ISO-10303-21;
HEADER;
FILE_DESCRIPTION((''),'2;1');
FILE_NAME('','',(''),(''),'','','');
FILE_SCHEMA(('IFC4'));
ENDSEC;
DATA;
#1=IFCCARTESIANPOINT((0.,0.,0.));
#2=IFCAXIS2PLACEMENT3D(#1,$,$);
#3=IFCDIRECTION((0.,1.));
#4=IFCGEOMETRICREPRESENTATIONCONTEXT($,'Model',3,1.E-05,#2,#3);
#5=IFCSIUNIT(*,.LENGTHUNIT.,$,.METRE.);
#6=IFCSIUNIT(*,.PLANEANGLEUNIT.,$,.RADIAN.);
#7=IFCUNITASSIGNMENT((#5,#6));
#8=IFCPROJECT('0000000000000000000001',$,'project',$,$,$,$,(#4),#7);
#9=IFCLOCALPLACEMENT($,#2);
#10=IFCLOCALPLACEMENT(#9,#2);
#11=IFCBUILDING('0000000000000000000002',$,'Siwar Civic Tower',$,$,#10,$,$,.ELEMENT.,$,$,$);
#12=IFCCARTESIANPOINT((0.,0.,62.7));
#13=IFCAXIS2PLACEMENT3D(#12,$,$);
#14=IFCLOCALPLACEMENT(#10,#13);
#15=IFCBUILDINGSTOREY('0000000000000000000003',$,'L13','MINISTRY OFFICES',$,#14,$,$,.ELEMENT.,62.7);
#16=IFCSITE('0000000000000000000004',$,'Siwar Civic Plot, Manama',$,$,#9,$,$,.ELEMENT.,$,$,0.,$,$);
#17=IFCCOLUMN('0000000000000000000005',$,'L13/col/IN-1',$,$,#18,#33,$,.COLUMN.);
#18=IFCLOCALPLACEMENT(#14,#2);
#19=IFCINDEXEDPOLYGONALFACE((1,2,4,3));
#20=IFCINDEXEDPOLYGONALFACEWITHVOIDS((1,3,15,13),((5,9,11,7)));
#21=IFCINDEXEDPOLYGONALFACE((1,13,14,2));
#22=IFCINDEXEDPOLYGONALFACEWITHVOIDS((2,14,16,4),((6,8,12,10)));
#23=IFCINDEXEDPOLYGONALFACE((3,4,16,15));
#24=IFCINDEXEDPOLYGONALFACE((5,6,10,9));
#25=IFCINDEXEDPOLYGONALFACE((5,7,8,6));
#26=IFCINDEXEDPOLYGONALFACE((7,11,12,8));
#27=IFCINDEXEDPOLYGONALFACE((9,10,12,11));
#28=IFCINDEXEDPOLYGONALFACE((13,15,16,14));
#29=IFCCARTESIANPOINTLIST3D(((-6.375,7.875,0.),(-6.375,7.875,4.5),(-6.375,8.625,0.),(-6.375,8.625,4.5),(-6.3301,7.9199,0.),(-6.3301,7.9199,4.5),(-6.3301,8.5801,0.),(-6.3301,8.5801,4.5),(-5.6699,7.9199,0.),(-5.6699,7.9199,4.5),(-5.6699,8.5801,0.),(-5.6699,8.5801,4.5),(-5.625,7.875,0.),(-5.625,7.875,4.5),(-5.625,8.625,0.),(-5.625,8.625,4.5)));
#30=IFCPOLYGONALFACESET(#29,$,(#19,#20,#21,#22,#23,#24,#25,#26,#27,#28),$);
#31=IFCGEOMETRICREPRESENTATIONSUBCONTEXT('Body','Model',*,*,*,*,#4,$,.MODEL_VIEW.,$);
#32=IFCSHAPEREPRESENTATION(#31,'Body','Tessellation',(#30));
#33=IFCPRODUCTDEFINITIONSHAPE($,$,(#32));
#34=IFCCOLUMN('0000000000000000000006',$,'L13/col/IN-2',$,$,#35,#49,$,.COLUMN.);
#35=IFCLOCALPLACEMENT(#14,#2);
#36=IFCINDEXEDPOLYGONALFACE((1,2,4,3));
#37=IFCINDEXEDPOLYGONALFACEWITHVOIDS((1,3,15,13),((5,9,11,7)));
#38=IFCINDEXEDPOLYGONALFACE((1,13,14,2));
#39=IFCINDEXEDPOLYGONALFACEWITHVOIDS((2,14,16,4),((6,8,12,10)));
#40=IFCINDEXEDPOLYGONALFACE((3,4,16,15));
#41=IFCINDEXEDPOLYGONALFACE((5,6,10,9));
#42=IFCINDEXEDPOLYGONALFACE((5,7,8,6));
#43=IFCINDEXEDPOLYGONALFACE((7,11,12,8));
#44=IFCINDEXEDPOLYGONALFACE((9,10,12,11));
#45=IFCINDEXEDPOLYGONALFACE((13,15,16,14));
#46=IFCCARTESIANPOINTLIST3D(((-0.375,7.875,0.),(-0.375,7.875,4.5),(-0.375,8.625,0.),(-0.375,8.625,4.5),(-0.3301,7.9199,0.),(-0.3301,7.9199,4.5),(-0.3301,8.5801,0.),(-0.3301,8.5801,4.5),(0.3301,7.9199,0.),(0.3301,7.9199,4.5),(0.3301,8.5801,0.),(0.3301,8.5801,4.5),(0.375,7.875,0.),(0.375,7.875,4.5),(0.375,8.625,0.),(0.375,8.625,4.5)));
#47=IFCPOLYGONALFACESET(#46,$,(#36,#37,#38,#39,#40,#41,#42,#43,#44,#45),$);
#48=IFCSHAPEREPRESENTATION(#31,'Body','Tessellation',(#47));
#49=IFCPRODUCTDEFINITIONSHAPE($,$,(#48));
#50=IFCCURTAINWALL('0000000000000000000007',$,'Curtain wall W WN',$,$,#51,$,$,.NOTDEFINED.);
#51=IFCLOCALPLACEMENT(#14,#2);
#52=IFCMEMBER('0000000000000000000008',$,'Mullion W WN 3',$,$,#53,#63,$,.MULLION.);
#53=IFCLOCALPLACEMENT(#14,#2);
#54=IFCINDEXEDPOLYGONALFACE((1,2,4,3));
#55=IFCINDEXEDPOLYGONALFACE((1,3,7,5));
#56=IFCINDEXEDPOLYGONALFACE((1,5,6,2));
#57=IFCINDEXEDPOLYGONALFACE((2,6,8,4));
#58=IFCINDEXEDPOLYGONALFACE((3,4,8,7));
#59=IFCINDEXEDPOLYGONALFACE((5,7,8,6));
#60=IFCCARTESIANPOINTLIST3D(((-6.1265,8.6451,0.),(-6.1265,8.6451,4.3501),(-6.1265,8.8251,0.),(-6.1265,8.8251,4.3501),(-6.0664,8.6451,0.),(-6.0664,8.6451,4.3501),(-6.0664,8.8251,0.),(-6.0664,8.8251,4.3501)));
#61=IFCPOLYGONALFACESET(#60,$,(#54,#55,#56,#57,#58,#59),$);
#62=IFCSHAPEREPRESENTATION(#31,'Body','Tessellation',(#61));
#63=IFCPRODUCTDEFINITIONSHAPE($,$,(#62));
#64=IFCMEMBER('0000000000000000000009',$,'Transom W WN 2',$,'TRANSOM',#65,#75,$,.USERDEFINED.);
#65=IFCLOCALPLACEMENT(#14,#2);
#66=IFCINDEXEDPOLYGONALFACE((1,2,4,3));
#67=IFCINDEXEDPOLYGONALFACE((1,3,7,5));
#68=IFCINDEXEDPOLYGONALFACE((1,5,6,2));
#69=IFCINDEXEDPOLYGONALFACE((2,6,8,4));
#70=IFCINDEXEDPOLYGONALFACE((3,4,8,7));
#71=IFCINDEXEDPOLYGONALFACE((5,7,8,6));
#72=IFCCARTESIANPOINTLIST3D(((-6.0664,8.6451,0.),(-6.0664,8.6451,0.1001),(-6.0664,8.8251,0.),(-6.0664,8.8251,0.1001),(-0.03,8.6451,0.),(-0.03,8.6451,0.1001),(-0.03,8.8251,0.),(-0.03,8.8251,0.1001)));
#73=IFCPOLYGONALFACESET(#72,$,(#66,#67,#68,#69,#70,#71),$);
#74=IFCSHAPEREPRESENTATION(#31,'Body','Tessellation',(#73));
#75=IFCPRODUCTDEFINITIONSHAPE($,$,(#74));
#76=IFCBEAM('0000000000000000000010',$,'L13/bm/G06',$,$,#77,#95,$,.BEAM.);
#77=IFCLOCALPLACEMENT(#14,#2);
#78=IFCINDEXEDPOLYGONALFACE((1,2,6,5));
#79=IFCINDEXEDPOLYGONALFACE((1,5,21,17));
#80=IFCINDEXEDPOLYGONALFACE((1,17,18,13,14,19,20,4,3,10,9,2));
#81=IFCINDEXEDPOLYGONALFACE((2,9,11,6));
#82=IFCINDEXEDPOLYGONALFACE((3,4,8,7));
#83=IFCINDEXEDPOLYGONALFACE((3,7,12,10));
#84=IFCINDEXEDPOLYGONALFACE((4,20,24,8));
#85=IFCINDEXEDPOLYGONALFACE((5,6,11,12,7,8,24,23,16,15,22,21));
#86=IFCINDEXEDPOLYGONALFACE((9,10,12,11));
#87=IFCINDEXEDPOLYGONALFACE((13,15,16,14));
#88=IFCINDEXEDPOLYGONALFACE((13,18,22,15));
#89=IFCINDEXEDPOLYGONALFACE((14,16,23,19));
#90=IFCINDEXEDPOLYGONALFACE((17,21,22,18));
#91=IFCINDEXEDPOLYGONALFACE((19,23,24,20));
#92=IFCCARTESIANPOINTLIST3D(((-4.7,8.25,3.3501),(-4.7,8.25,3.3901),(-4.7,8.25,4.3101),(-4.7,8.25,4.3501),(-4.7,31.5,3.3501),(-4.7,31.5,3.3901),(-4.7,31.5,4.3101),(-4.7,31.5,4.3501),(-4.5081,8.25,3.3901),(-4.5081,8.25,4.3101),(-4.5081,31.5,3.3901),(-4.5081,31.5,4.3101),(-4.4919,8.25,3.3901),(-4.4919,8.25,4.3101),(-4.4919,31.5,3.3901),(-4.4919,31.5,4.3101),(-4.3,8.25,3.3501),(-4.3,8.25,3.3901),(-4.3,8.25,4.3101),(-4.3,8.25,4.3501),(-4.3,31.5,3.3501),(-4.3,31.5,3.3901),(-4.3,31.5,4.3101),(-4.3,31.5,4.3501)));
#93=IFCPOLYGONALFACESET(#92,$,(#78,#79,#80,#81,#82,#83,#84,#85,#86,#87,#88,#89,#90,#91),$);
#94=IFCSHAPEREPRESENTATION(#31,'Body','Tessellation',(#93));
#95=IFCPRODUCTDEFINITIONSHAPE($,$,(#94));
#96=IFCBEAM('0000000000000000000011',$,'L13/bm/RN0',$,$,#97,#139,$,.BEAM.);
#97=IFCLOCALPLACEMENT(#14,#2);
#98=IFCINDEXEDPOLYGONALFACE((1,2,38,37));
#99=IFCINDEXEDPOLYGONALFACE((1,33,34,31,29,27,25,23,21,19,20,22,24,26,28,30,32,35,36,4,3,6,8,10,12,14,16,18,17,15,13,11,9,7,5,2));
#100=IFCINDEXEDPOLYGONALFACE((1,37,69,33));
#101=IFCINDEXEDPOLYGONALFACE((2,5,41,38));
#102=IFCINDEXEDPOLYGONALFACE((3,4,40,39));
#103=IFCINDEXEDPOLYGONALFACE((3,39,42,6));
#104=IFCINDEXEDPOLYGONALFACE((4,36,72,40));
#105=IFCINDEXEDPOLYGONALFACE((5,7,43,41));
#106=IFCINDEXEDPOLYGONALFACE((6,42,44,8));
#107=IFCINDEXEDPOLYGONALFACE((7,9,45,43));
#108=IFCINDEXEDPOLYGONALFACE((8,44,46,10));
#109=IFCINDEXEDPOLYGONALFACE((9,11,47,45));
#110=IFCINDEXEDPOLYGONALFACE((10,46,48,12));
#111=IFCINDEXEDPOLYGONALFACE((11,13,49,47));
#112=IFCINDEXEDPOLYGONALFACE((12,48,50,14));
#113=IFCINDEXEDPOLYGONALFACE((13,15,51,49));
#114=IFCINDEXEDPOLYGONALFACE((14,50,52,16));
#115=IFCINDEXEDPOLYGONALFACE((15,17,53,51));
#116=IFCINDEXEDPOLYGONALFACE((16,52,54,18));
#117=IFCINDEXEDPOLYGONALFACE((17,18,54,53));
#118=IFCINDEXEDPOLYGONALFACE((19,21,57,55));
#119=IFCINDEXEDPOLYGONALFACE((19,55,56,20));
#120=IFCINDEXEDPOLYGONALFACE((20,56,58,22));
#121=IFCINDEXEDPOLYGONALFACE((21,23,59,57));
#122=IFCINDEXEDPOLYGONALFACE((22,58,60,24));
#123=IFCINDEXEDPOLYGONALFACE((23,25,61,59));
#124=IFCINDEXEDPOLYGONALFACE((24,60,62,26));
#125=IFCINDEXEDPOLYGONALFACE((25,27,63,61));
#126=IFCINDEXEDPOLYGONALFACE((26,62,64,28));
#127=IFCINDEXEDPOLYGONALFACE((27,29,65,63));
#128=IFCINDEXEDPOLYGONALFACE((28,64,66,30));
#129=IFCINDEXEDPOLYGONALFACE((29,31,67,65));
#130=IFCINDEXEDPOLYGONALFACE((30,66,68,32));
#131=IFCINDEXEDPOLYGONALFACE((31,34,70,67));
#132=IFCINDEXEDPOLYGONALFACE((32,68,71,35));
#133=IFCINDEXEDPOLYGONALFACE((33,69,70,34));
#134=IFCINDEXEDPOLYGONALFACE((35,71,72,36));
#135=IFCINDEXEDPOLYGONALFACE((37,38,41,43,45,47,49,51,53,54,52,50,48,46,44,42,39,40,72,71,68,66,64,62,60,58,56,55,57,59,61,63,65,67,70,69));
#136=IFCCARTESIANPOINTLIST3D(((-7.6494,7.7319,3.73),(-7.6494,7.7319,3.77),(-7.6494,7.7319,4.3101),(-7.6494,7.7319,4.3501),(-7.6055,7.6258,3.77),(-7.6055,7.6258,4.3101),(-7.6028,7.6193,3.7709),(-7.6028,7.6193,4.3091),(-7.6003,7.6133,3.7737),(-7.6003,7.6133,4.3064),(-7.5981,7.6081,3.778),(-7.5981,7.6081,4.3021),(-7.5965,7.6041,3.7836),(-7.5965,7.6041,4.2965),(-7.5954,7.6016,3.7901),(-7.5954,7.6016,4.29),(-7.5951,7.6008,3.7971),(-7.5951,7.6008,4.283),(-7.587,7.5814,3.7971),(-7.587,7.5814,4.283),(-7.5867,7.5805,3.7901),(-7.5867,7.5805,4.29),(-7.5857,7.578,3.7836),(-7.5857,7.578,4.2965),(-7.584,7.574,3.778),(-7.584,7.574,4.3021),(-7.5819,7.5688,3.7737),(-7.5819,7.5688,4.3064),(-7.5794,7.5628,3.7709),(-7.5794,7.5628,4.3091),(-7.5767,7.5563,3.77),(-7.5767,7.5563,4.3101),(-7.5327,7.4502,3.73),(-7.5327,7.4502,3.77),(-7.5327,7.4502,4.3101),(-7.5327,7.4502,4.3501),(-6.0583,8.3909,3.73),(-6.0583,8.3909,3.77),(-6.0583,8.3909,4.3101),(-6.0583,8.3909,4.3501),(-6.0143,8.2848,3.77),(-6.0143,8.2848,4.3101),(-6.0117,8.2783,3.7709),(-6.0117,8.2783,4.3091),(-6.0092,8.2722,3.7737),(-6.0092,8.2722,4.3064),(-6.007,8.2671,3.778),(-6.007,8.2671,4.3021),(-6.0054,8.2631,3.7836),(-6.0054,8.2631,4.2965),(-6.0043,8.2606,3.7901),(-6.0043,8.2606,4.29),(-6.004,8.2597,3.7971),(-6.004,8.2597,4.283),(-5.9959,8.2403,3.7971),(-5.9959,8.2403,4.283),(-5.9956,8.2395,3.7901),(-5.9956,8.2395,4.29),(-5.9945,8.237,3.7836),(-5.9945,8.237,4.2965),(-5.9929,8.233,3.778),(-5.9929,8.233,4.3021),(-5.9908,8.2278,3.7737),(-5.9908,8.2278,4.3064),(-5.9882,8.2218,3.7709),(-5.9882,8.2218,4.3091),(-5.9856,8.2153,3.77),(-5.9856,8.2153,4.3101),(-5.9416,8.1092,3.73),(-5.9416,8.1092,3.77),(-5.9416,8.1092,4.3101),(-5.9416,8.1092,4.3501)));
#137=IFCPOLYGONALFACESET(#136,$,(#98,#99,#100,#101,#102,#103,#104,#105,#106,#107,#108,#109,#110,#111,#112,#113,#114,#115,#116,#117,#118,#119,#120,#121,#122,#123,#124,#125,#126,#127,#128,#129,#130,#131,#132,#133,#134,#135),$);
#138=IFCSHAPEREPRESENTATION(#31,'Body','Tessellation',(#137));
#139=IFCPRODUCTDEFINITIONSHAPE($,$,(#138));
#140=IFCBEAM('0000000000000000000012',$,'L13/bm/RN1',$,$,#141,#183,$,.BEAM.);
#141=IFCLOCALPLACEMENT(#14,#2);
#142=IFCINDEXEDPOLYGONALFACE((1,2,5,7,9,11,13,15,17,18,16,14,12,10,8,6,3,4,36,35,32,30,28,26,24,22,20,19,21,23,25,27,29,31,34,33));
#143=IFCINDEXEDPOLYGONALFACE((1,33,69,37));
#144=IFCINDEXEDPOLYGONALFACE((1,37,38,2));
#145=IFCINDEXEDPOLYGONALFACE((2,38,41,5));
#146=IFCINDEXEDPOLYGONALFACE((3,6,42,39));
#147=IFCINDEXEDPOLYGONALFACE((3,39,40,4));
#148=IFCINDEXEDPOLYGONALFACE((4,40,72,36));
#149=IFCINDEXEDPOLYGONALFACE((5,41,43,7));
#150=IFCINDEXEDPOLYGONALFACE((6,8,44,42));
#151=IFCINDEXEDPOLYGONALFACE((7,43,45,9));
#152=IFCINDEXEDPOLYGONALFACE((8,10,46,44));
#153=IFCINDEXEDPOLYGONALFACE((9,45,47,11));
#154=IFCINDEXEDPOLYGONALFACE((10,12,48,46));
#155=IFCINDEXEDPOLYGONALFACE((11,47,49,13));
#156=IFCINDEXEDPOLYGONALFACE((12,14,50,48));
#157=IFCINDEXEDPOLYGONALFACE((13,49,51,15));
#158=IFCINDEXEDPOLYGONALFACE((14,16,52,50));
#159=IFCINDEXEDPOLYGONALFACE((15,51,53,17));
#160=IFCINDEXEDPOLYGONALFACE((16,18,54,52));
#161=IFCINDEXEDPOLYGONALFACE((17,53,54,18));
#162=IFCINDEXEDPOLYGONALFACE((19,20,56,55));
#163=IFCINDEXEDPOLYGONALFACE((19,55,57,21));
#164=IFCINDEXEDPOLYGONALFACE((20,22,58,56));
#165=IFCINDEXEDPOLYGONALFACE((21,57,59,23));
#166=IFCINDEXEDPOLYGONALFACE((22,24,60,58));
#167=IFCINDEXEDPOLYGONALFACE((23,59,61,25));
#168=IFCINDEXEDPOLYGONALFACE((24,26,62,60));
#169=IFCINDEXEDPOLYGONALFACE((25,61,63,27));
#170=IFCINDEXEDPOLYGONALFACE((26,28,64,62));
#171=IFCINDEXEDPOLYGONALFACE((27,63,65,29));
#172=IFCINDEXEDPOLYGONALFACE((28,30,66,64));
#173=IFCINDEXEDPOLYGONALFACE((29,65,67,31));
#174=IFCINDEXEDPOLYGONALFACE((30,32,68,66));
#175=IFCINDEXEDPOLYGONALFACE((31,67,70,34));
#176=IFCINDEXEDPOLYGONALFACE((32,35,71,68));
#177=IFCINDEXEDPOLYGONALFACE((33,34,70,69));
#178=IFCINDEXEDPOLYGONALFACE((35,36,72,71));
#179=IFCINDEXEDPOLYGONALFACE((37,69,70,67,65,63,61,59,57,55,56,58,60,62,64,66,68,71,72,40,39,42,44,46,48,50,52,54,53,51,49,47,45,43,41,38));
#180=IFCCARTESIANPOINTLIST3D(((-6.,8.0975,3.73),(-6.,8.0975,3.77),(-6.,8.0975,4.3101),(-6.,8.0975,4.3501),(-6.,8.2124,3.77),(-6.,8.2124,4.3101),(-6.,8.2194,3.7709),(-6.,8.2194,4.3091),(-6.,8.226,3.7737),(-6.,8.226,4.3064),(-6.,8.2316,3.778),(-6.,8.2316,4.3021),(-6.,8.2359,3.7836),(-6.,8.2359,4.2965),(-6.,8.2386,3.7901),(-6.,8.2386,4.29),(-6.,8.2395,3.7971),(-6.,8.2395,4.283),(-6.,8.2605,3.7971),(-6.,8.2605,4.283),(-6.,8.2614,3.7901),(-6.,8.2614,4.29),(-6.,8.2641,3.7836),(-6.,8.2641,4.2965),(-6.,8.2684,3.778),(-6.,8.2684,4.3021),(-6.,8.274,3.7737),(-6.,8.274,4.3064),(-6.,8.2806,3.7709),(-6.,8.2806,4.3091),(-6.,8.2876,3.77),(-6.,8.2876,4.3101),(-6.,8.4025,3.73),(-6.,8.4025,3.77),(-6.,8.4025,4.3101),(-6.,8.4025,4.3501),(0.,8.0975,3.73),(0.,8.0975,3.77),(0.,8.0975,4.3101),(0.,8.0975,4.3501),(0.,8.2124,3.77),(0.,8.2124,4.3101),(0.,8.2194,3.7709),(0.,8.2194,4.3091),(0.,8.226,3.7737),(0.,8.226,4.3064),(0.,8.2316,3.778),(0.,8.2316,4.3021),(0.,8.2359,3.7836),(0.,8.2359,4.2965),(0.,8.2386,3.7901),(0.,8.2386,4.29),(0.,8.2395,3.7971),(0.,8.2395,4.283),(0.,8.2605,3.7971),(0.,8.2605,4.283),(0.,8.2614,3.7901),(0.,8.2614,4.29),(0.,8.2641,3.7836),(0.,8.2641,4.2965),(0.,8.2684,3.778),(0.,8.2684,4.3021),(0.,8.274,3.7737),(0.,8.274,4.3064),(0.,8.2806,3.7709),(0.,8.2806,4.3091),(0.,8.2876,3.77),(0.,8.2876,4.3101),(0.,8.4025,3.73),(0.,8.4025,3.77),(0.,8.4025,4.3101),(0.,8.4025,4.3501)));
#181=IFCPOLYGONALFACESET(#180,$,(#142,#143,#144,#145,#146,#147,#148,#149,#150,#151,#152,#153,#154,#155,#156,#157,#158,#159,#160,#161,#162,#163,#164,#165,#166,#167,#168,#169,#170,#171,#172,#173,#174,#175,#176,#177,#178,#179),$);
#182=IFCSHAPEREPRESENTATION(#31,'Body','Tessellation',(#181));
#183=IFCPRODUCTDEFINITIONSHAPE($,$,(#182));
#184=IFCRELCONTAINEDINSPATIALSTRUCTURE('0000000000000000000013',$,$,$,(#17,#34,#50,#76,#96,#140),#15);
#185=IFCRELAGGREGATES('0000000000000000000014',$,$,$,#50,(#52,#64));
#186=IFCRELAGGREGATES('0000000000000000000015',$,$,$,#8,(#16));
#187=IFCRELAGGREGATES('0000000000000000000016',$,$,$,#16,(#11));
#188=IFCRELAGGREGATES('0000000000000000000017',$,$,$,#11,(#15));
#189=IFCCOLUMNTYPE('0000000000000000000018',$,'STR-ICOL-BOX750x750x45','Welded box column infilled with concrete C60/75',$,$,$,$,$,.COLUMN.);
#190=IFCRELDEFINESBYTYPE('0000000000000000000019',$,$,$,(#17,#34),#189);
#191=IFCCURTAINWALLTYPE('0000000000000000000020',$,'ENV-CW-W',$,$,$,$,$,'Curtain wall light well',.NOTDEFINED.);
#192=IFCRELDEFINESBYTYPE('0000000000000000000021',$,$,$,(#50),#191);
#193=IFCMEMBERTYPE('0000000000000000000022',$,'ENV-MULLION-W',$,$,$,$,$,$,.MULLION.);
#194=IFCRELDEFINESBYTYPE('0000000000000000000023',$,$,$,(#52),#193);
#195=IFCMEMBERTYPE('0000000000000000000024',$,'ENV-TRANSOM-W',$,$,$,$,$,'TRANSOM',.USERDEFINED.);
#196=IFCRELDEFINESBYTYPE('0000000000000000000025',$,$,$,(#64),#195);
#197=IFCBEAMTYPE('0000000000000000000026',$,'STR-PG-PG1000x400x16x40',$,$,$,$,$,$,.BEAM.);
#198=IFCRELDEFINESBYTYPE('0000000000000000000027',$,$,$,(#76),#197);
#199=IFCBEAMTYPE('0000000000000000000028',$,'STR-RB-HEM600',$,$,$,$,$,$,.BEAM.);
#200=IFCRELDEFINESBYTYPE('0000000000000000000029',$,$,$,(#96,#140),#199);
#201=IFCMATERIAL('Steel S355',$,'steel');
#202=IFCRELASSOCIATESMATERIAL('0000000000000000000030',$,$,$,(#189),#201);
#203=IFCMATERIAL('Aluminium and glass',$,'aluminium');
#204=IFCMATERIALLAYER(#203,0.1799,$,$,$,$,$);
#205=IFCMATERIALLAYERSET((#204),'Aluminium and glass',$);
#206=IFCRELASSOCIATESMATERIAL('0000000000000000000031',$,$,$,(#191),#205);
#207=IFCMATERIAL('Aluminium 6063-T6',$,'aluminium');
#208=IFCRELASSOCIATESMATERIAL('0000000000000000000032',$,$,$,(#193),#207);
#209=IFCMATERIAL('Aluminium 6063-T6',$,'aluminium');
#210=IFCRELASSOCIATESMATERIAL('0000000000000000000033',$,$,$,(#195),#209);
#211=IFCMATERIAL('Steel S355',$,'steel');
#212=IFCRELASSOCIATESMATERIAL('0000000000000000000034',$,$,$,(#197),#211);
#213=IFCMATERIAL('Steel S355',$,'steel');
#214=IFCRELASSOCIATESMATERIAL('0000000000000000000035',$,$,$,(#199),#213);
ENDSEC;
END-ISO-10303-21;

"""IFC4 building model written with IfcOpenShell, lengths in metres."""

from ifc_helpers import new_model, si_unit, direction, frame, origin, origin_2d, place, context, subcontext, project, spatial, rectangle, hollow_rectangle, i_section, extrude, material, layer, layer_set, material_profile, profile_set, type_object, element, aggregate, save


model = new_model("IFC4")

# Units and contexts
model_context = context("Model", 3, precision=1e-05, world=origin(), true_north=direction((0.0, 1.0)))
body_context = subcontext(model_context, "Body", "Model", "MODEL_VIEW")
ifc_project = project(units=[si_unit("LENGTHUNIT", "METRE"), si_unit("PLANEANGLEUNIT", "RADIAN")], contexts=[model_context])

# Site, building, storey
site_placement = place(None, origin())
site = spatial("IfcSite", under=ifc_project, at=site_placement, Name="Siwar Civic Plot, Manama", CompositionType="ELEMENT", RefElevation=0.0)
building_placement = place(site_placement, origin())
building = spatial("IfcBuilding", under=site, at=building_placement, Name="Siwar Civic Tower", CompositionType="ELEMENT")
storey_placement = place(building_placement, frame((0.0, 0.0, 62.7)))
storey = spatial("IfcBuildingStorey", under=building, at=storey_placement, Name="L13", Description="MINISTRY OFFICES", CompositionType="ELEMENT", Elevation=62.7)

# Columns
ifc_material_1 = material(Name="Steel S355", Category="steel")
ifc_material_profile_1 = material_profile(ifc_material_1, hollow_rectangle(XDim=0.75, YDim=0.75, WallThickness=0.0449, at=origin_2d()), Name="BOX750x750x45")
ifc_profile_set_1 = profile_set([ifc_material_profile_1], Name="Steel S355")
column_type = type_object("IfcColumnType", Name="STR-ICOL-BOX750x750x45", Description="Welded box column infilled with concrete C60/75", PredefinedType="COLUMN", material=ifc_profile_set_1)
for number, where, z_axis, x_axis, name in (
    (1, (-6.0, 8.25, 0.0), (0.0, 0.0, 1.0), (1.0, 0.0, 0.0), "L13/col/IN-1"),
    (2, (0.0, 8.25, 0.0), (0.0, 0.0, 1.0), (1.0, 0.0, 0.0), "L13/col/IN-2"),
):
    element("IfcColumn", number, at=place(storey_placement, frame(where, z_axis=z_axis, x_axis=x_axis)), inside=storey, type_object=column_type, Name=name, PredefinedType="COLUMN", context=body_context, shape_type="SweptSolid", body=[
        extrude(hollow_rectangle(XDim=0.75, YDim=0.75, WallThickness=0.0449, at=origin_2d()), origin(), (0.0, 0.0, 1.0), 4.5),
    ])

# Curtain wall, members
ifc_material_2 = material(Name="Aluminium and glass", Category="aluminium")
ifc_layer_1 = layer(ifc_material_2, 0.1799)
ifc_layer_set_1 = layer_set([ifc_layer_1], Name="Aluminium and glass")
curtain_wall_type = type_object("IfcCurtainWallType", Name="ENV-CW-W", ElementType="Curtain wall light well", PredefinedType="NOTDEFINED", material=ifc_layer_set_1)
curtain_wall_placement = place(storey_placement, origin())
curtain_wall = element("IfcCurtainWall", 3, at=curtain_wall_placement, inside=storey, type_object=curtain_wall_type, Name="Curtain wall W WN", PredefinedType="NOTDEFINED")
ifc_material_3 = material(Name="Aluminium 6063-T6", Category="aluminium")
ifc_material_profile_2 = material_profile(ifc_material_3, rectangle(XDim=0.1799, YDim=0.0601, at=origin_2d()), Name="AL 180x60")
ifc_profile_set_2 = profile_set([ifc_material_profile_2], Name="Aluminium 6063-T6")
member_type_1 = type_object("IfcMemberType", Name="ENV-MULLION-W", PredefinedType="MULLION", material=ifc_profile_set_2)
member_1_placement = place(storey_placement, frame((-6.0964, 8.7351, 0.0), z_axis=(0.0, 0.0, 1.0), x_axis=(0.0, -1.0, 0.0)))
member_1 = element("IfcMember", 4, at=member_1_placement, type_object=member_type_1, Name="Mullion W WN 3", PredefinedType="MULLION", context=body_context, shape_type="SweptSolid", body=[
    extrude(rectangle(XDim=0.1799, YDim=0.0601, at=origin_2d()), origin(), (0.0, 0.0, 1.0), 4.3501),
])
ifc_material_4 = material(Name="Aluminium 6063-T6", Category="aluminium")
ifc_material_profile_3 = material_profile(ifc_material_4, rectangle(XDim=0.1799, YDim=0.1001, at=origin_2d()), Name="AL 180x100")
ifc_profile_set_3 = profile_set([ifc_material_profile_3], Name="Aluminium 6063-T6")
member_type_2 = type_object("IfcMemberType", Name="ENV-TRANSOM-W", ElementType="TRANSOM", PredefinedType="USERDEFINED", material=ifc_profile_set_3)
member_2_placement = place(storey_placement, frame((-0.03, 8.7351, 0.05), z_axis=(-1.0, 0.0, 0.0), x_axis=(0.0, -1.0, 0.0)))
member_2 = element("IfcMember", 5, at=member_2_placement, type_object=member_type_2, Name="Transom W WN 2", ObjectType="TRANSOM", PredefinedType="USERDEFINED", context=body_context, shape_type="SweptSolid", body=[
    extrude(rectangle(XDim=0.1799, YDim=0.1001, at=origin_2d()), origin(), (0.0, 0.0, 1.0), 6.0364),
])

# Beams
ifc_material_5 = material(Name="Steel S355", Category="steel")
ifc_material_profile_4 = material_profile(ifc_material_5, i_section(OverallWidth=0.3999, OverallDepth=1.0, WebThickness=0.0161, FlangeThickness=0.04, at=origin_2d()), Name="PG1000x400x16x40")
ifc_profile_set_4 = profile_set([ifc_material_profile_4], Name="Steel S355")
beam_type_1 = type_object("IfcBeamType", Name="STR-PG-PG1000x400x16x40", PredefinedType="BEAM", material=ifc_profile_set_4)
beam_1_placement = place(storey_placement, frame((-4.5, 8.25, 3.8501), z_axis=(0.0, 1.0, 0.0), x_axis=(-1.0, 0.0, 0.0)))
element("IfcBeam", 6, at=beam_1_placement, inside=storey, type_object=beam_type_1, Name="L13/bm/G06", PredefinedType="BEAM", context=body_context, shape_type="SweptSolid", body=[
    extrude(i_section(OverallWidth=0.3999, OverallDepth=1.0, WebThickness=0.0161, FlangeThickness=0.04, at=origin_2d()), origin(), (0.0, 0.0, 1.0), 23.25),
])
ifc_material_6 = material(Name="Steel S355", Category="steel")
ifc_material_profile_5 = material_profile(ifc_material_6, i_section(OverallWidth=0.3049, OverallDepth=0.6201, WebThickness=0.021, FlangeThickness=0.04, FilletRadius=0.0271, at=origin_2d()), Name="HEM600")
ifc_profile_set_5 = profile_set([ifc_material_profile_5], Name="Steel S355")
beam_type_2 = type_object("IfcBeamType", Name="STR-RB-HEM600", PredefinedType="BEAM", material=ifc_profile_set_5)
beam_2_placement = place(storey_placement, frame((-7.5911, 7.5911, 4.04), z_axis=(0.923901, 0.382631, 0.0), x_axis=(-0.382631, 0.923901, 0.0)))
element("IfcBeam", 7, at=beam_2_placement, inside=storey, type_object=beam_type_2, Name="L13/bm/RN0", PredefinedType="BEAM", context=body_context, shape_type="SweptSolid", body=[
    extrude(i_section(OverallWidth=0.3049, OverallDepth=0.6201, WebThickness=0.021, FlangeThickness=0.04, FilletRadius=0.0271, at=origin_2d()), origin(), (0.0, 0.0, 1.0), 1.7222),
])
for number, where, z_axis, x_axis, name in (
    (8, (-6.0, 8.25, 4.04), (1.0, 0.0, 0.0), (0.0, 1.0, 0.0), "L13/bm/RN1"),
):
    element("IfcBeam", number, at=place(storey_placement, frame(where, z_axis=z_axis, x_axis=x_axis)), inside=storey, type_object=beam_type_2, Name=name, PredefinedType="BEAM", context=body_context, shape_type="SweptSolid", body=[
        extrude(i_section(OverallWidth=0.3049, OverallDepth=0.6201, WebThickness=0.021, FlangeThickness=0.04, FilletRadius=0.0271, at=origin_2d()), origin(), (0.0, 0.0, 1.0), 6.0),
    ])

aggregate(curtain_wall, [member_1, member_2])

save(model, "model.ifc")
